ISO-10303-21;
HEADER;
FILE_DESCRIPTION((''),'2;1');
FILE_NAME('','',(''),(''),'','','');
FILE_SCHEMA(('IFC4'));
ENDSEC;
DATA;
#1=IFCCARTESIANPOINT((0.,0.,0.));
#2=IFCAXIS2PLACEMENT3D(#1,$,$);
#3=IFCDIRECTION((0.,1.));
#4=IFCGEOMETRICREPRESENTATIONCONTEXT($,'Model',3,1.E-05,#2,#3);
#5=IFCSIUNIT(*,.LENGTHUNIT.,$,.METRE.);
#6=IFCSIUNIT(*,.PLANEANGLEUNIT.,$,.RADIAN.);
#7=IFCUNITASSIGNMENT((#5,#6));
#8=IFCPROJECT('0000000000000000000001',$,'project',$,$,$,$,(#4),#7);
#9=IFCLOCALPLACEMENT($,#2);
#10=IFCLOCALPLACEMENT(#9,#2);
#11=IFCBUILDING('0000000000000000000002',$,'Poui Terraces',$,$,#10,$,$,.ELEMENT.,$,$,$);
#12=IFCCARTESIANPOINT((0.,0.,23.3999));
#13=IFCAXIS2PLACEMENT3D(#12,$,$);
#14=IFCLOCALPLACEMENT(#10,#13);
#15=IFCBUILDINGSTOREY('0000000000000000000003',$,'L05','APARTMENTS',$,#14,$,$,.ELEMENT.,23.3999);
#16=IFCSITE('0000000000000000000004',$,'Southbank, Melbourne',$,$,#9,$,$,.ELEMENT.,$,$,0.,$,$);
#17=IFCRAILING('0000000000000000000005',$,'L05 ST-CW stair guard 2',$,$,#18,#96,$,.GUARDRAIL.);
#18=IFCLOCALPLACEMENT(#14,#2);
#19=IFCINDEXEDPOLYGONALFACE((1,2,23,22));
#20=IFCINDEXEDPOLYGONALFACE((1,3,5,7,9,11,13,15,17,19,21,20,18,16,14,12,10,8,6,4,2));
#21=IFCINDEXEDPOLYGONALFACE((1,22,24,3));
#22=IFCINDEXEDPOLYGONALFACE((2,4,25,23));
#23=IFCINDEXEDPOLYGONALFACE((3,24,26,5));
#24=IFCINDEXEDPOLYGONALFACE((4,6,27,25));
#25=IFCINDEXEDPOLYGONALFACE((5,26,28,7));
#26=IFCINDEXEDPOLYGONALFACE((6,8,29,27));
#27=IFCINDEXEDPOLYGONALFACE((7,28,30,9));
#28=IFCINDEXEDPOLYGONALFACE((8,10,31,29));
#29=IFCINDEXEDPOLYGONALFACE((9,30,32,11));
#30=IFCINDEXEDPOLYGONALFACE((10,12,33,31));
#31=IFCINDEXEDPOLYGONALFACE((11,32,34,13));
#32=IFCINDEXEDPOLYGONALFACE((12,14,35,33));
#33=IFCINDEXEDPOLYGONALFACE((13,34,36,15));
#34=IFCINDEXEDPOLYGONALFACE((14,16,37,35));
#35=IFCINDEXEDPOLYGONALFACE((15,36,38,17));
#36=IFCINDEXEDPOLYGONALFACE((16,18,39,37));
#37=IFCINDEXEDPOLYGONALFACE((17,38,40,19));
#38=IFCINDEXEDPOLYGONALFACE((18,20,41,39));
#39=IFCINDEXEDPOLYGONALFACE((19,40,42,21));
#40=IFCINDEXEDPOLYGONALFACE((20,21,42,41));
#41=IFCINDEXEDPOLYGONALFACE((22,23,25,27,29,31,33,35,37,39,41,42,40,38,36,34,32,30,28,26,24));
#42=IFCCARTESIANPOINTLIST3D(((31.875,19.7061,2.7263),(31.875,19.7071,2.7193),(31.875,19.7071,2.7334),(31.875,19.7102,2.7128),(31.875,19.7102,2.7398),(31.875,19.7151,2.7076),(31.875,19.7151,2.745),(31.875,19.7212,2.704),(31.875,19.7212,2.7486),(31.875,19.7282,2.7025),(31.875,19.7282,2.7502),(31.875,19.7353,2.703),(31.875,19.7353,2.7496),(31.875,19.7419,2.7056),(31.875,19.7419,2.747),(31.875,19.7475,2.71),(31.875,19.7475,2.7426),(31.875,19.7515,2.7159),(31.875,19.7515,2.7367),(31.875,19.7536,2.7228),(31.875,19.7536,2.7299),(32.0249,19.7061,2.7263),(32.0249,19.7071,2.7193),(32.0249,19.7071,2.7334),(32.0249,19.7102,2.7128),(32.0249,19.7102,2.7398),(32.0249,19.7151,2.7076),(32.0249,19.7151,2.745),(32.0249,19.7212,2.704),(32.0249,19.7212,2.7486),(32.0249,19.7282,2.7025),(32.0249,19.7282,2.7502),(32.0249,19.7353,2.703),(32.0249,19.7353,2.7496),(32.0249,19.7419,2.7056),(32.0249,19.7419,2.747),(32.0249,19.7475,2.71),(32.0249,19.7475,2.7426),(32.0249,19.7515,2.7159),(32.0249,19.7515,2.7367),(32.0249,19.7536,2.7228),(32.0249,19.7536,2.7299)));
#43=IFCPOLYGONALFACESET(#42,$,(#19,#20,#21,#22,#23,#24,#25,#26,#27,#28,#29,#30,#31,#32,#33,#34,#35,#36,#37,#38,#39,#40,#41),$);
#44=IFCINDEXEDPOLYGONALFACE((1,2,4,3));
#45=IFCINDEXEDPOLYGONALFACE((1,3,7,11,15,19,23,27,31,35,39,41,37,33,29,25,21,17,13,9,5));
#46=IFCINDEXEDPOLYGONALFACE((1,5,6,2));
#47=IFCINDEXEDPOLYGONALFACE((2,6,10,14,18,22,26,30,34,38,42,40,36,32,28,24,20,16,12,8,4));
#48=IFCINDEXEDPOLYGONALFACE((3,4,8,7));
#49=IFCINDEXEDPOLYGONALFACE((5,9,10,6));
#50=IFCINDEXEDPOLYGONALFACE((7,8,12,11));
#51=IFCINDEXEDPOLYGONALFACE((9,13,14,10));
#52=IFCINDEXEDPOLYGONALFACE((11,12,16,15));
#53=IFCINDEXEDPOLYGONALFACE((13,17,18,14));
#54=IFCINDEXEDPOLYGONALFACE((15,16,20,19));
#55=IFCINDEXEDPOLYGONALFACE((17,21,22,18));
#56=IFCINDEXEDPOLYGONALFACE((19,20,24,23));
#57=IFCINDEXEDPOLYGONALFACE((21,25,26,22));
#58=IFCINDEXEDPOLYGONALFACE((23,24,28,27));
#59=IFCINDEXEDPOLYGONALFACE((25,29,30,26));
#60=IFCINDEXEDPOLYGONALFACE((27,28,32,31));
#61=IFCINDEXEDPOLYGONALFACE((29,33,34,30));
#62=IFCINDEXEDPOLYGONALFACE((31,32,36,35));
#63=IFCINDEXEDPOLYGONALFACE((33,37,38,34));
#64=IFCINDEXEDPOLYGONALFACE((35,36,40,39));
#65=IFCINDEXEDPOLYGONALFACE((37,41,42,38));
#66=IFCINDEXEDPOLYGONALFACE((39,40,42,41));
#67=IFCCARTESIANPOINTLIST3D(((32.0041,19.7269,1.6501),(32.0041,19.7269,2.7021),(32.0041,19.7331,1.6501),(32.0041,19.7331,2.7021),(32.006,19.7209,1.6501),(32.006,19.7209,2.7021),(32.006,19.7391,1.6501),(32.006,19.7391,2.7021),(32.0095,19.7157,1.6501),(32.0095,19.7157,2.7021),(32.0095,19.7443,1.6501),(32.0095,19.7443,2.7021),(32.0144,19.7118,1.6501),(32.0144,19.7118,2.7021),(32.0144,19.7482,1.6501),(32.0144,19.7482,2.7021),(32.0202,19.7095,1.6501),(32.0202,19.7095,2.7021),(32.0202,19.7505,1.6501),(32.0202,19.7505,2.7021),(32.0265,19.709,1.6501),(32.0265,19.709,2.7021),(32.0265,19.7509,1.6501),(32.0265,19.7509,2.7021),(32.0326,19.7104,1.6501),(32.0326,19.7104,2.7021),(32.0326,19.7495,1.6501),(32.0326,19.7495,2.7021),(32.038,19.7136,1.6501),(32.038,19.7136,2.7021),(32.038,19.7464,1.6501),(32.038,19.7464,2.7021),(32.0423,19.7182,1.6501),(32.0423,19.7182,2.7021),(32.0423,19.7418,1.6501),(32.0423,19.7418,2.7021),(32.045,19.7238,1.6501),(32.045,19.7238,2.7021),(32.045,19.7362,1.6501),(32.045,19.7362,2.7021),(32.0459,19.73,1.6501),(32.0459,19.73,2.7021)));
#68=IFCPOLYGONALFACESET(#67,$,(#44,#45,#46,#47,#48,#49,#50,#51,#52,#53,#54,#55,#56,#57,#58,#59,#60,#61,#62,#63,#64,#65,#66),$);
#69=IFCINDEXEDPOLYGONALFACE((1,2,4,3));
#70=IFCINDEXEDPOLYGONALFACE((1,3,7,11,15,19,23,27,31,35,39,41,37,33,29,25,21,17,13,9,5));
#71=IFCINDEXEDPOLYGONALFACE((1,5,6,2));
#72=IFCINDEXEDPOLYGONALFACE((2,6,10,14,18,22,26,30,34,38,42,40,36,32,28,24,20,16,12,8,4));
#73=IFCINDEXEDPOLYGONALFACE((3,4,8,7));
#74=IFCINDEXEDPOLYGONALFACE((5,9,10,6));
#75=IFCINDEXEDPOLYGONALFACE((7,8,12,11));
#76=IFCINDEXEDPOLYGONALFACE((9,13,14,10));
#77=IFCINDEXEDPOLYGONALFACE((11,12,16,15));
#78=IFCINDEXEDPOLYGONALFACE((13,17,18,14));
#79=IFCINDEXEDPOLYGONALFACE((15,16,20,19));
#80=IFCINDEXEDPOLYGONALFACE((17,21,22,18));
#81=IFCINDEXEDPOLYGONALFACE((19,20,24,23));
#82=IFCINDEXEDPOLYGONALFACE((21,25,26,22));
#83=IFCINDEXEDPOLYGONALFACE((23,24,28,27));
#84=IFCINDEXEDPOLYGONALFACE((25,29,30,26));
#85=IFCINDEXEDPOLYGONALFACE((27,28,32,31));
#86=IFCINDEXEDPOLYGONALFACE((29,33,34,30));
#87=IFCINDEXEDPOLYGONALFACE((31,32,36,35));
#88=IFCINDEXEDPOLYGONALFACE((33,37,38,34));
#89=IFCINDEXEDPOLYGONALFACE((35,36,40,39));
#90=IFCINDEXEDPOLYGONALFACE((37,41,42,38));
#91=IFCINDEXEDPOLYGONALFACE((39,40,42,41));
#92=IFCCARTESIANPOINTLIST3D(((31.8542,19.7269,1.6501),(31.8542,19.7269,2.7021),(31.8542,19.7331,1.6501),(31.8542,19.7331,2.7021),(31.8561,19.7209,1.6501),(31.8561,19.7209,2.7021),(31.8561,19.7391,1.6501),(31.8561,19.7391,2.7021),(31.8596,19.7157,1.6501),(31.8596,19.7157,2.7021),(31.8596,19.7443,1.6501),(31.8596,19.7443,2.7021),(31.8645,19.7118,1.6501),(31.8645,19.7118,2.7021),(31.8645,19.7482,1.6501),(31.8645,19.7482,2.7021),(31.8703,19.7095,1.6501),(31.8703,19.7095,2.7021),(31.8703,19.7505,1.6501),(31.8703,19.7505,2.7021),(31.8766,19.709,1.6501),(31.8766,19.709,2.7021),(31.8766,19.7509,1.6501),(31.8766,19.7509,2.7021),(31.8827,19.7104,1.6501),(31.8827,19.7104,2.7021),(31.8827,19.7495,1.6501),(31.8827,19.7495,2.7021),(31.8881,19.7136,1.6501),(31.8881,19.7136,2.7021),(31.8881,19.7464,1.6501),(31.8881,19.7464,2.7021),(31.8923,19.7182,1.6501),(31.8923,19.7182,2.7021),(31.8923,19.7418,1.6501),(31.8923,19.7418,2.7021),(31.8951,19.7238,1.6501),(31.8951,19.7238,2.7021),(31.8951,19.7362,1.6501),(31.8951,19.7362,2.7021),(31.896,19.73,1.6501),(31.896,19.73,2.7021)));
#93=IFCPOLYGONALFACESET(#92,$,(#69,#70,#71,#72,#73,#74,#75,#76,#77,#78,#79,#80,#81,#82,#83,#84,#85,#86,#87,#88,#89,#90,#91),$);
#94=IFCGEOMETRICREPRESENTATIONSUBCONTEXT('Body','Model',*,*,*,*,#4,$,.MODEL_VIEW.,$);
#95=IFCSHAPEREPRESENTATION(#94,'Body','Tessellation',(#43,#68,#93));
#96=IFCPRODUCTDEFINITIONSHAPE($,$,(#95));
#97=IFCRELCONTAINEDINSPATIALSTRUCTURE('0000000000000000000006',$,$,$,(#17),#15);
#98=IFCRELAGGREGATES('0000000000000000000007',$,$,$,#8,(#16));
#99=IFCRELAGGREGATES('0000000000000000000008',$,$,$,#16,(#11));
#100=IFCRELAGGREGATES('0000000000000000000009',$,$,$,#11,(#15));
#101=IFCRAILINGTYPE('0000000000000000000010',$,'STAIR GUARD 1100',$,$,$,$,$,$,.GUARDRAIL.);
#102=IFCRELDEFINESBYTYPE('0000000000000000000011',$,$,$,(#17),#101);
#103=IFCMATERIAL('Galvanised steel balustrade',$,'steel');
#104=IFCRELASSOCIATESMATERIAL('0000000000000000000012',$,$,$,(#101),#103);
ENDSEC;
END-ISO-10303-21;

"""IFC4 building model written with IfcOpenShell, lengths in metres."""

from ifc_helpers import new_model, si_unit, direction, frame, origin, origin_2d, place, context, subcontext, project, spatial, circle, extrude, material, type_object, element, save


model = new_model("IFC4")

# Units and contexts
model_context = context("Model", 3, precision=1e-05, world=origin(), true_north=direction((0.0, 1.0)))
body_context = subcontext(model_context, "Body", "Model", "MODEL_VIEW")
ifc_project = project(units=[si_unit("LENGTHUNIT", "METRE"), si_unit("PLANEANGLEUNIT", "RADIAN")], contexts=[model_context])

# Site, building, storey
site_placement = place(None, origin())
site = spatial("IfcSite", under=ifc_project, at=site_placement, Name="Southbank, Melbourne", CompositionType="ELEMENT", RefElevation=0.0)
building_placement = place(site_placement, origin())
building = spatial("IfcBuilding", under=site, at=building_placement, Name="Poui Terraces", CompositionType="ELEMENT")
storey_placement = place(building_placement, frame((0.0, 0.0, 23.3999)))
storey = spatial("IfcBuildingStorey", under=building, at=storey_placement, Name="L05", Description="APARTMENTS", CompositionType="ELEMENT", Elevation=23.3999)

# Railing
ifc_material_1 = material(Name="Galvanised steel balustrade", Category="steel")
railing_type_1 = type_object("IfcRailingType", Name="STAIR GUARD 1100", PredefinedType="GUARDRAIL", material=ifc_material_1)
railing_1_placement = place(storey_placement, frame((32.0249, 19.73, 1.6501)))
element("IfcRailing", 1, at=railing_1_placement, inside=storey, type_object=railing_type_1, Name="L05 ST-CW stair guard 2", PredefinedType="GUARDRAIL", context=body_context, shape_type="SweptSolid", body=[
    extrude(circle(Radius=0.0239, at=origin_2d()), frame((0.0, 0.0, 1.0762), z_axis=(-1.0, 0.0, 0.0), x_axis=(0.0, -1.0, 0.0)), (0.0, 0.0, 1.0), 0.1499),
    extrude(circle(Radius=0.021, at=origin_2d()), origin(), (0.0, 0.0, 1.0), 1.052),
    extrude(circle(Radius=0.021, at=origin_2d()), frame((-0.1499, 0.0, 0.0)), (0.0, 0.0, 1.0), 1.052),
])

save(model, "model.ifc")
